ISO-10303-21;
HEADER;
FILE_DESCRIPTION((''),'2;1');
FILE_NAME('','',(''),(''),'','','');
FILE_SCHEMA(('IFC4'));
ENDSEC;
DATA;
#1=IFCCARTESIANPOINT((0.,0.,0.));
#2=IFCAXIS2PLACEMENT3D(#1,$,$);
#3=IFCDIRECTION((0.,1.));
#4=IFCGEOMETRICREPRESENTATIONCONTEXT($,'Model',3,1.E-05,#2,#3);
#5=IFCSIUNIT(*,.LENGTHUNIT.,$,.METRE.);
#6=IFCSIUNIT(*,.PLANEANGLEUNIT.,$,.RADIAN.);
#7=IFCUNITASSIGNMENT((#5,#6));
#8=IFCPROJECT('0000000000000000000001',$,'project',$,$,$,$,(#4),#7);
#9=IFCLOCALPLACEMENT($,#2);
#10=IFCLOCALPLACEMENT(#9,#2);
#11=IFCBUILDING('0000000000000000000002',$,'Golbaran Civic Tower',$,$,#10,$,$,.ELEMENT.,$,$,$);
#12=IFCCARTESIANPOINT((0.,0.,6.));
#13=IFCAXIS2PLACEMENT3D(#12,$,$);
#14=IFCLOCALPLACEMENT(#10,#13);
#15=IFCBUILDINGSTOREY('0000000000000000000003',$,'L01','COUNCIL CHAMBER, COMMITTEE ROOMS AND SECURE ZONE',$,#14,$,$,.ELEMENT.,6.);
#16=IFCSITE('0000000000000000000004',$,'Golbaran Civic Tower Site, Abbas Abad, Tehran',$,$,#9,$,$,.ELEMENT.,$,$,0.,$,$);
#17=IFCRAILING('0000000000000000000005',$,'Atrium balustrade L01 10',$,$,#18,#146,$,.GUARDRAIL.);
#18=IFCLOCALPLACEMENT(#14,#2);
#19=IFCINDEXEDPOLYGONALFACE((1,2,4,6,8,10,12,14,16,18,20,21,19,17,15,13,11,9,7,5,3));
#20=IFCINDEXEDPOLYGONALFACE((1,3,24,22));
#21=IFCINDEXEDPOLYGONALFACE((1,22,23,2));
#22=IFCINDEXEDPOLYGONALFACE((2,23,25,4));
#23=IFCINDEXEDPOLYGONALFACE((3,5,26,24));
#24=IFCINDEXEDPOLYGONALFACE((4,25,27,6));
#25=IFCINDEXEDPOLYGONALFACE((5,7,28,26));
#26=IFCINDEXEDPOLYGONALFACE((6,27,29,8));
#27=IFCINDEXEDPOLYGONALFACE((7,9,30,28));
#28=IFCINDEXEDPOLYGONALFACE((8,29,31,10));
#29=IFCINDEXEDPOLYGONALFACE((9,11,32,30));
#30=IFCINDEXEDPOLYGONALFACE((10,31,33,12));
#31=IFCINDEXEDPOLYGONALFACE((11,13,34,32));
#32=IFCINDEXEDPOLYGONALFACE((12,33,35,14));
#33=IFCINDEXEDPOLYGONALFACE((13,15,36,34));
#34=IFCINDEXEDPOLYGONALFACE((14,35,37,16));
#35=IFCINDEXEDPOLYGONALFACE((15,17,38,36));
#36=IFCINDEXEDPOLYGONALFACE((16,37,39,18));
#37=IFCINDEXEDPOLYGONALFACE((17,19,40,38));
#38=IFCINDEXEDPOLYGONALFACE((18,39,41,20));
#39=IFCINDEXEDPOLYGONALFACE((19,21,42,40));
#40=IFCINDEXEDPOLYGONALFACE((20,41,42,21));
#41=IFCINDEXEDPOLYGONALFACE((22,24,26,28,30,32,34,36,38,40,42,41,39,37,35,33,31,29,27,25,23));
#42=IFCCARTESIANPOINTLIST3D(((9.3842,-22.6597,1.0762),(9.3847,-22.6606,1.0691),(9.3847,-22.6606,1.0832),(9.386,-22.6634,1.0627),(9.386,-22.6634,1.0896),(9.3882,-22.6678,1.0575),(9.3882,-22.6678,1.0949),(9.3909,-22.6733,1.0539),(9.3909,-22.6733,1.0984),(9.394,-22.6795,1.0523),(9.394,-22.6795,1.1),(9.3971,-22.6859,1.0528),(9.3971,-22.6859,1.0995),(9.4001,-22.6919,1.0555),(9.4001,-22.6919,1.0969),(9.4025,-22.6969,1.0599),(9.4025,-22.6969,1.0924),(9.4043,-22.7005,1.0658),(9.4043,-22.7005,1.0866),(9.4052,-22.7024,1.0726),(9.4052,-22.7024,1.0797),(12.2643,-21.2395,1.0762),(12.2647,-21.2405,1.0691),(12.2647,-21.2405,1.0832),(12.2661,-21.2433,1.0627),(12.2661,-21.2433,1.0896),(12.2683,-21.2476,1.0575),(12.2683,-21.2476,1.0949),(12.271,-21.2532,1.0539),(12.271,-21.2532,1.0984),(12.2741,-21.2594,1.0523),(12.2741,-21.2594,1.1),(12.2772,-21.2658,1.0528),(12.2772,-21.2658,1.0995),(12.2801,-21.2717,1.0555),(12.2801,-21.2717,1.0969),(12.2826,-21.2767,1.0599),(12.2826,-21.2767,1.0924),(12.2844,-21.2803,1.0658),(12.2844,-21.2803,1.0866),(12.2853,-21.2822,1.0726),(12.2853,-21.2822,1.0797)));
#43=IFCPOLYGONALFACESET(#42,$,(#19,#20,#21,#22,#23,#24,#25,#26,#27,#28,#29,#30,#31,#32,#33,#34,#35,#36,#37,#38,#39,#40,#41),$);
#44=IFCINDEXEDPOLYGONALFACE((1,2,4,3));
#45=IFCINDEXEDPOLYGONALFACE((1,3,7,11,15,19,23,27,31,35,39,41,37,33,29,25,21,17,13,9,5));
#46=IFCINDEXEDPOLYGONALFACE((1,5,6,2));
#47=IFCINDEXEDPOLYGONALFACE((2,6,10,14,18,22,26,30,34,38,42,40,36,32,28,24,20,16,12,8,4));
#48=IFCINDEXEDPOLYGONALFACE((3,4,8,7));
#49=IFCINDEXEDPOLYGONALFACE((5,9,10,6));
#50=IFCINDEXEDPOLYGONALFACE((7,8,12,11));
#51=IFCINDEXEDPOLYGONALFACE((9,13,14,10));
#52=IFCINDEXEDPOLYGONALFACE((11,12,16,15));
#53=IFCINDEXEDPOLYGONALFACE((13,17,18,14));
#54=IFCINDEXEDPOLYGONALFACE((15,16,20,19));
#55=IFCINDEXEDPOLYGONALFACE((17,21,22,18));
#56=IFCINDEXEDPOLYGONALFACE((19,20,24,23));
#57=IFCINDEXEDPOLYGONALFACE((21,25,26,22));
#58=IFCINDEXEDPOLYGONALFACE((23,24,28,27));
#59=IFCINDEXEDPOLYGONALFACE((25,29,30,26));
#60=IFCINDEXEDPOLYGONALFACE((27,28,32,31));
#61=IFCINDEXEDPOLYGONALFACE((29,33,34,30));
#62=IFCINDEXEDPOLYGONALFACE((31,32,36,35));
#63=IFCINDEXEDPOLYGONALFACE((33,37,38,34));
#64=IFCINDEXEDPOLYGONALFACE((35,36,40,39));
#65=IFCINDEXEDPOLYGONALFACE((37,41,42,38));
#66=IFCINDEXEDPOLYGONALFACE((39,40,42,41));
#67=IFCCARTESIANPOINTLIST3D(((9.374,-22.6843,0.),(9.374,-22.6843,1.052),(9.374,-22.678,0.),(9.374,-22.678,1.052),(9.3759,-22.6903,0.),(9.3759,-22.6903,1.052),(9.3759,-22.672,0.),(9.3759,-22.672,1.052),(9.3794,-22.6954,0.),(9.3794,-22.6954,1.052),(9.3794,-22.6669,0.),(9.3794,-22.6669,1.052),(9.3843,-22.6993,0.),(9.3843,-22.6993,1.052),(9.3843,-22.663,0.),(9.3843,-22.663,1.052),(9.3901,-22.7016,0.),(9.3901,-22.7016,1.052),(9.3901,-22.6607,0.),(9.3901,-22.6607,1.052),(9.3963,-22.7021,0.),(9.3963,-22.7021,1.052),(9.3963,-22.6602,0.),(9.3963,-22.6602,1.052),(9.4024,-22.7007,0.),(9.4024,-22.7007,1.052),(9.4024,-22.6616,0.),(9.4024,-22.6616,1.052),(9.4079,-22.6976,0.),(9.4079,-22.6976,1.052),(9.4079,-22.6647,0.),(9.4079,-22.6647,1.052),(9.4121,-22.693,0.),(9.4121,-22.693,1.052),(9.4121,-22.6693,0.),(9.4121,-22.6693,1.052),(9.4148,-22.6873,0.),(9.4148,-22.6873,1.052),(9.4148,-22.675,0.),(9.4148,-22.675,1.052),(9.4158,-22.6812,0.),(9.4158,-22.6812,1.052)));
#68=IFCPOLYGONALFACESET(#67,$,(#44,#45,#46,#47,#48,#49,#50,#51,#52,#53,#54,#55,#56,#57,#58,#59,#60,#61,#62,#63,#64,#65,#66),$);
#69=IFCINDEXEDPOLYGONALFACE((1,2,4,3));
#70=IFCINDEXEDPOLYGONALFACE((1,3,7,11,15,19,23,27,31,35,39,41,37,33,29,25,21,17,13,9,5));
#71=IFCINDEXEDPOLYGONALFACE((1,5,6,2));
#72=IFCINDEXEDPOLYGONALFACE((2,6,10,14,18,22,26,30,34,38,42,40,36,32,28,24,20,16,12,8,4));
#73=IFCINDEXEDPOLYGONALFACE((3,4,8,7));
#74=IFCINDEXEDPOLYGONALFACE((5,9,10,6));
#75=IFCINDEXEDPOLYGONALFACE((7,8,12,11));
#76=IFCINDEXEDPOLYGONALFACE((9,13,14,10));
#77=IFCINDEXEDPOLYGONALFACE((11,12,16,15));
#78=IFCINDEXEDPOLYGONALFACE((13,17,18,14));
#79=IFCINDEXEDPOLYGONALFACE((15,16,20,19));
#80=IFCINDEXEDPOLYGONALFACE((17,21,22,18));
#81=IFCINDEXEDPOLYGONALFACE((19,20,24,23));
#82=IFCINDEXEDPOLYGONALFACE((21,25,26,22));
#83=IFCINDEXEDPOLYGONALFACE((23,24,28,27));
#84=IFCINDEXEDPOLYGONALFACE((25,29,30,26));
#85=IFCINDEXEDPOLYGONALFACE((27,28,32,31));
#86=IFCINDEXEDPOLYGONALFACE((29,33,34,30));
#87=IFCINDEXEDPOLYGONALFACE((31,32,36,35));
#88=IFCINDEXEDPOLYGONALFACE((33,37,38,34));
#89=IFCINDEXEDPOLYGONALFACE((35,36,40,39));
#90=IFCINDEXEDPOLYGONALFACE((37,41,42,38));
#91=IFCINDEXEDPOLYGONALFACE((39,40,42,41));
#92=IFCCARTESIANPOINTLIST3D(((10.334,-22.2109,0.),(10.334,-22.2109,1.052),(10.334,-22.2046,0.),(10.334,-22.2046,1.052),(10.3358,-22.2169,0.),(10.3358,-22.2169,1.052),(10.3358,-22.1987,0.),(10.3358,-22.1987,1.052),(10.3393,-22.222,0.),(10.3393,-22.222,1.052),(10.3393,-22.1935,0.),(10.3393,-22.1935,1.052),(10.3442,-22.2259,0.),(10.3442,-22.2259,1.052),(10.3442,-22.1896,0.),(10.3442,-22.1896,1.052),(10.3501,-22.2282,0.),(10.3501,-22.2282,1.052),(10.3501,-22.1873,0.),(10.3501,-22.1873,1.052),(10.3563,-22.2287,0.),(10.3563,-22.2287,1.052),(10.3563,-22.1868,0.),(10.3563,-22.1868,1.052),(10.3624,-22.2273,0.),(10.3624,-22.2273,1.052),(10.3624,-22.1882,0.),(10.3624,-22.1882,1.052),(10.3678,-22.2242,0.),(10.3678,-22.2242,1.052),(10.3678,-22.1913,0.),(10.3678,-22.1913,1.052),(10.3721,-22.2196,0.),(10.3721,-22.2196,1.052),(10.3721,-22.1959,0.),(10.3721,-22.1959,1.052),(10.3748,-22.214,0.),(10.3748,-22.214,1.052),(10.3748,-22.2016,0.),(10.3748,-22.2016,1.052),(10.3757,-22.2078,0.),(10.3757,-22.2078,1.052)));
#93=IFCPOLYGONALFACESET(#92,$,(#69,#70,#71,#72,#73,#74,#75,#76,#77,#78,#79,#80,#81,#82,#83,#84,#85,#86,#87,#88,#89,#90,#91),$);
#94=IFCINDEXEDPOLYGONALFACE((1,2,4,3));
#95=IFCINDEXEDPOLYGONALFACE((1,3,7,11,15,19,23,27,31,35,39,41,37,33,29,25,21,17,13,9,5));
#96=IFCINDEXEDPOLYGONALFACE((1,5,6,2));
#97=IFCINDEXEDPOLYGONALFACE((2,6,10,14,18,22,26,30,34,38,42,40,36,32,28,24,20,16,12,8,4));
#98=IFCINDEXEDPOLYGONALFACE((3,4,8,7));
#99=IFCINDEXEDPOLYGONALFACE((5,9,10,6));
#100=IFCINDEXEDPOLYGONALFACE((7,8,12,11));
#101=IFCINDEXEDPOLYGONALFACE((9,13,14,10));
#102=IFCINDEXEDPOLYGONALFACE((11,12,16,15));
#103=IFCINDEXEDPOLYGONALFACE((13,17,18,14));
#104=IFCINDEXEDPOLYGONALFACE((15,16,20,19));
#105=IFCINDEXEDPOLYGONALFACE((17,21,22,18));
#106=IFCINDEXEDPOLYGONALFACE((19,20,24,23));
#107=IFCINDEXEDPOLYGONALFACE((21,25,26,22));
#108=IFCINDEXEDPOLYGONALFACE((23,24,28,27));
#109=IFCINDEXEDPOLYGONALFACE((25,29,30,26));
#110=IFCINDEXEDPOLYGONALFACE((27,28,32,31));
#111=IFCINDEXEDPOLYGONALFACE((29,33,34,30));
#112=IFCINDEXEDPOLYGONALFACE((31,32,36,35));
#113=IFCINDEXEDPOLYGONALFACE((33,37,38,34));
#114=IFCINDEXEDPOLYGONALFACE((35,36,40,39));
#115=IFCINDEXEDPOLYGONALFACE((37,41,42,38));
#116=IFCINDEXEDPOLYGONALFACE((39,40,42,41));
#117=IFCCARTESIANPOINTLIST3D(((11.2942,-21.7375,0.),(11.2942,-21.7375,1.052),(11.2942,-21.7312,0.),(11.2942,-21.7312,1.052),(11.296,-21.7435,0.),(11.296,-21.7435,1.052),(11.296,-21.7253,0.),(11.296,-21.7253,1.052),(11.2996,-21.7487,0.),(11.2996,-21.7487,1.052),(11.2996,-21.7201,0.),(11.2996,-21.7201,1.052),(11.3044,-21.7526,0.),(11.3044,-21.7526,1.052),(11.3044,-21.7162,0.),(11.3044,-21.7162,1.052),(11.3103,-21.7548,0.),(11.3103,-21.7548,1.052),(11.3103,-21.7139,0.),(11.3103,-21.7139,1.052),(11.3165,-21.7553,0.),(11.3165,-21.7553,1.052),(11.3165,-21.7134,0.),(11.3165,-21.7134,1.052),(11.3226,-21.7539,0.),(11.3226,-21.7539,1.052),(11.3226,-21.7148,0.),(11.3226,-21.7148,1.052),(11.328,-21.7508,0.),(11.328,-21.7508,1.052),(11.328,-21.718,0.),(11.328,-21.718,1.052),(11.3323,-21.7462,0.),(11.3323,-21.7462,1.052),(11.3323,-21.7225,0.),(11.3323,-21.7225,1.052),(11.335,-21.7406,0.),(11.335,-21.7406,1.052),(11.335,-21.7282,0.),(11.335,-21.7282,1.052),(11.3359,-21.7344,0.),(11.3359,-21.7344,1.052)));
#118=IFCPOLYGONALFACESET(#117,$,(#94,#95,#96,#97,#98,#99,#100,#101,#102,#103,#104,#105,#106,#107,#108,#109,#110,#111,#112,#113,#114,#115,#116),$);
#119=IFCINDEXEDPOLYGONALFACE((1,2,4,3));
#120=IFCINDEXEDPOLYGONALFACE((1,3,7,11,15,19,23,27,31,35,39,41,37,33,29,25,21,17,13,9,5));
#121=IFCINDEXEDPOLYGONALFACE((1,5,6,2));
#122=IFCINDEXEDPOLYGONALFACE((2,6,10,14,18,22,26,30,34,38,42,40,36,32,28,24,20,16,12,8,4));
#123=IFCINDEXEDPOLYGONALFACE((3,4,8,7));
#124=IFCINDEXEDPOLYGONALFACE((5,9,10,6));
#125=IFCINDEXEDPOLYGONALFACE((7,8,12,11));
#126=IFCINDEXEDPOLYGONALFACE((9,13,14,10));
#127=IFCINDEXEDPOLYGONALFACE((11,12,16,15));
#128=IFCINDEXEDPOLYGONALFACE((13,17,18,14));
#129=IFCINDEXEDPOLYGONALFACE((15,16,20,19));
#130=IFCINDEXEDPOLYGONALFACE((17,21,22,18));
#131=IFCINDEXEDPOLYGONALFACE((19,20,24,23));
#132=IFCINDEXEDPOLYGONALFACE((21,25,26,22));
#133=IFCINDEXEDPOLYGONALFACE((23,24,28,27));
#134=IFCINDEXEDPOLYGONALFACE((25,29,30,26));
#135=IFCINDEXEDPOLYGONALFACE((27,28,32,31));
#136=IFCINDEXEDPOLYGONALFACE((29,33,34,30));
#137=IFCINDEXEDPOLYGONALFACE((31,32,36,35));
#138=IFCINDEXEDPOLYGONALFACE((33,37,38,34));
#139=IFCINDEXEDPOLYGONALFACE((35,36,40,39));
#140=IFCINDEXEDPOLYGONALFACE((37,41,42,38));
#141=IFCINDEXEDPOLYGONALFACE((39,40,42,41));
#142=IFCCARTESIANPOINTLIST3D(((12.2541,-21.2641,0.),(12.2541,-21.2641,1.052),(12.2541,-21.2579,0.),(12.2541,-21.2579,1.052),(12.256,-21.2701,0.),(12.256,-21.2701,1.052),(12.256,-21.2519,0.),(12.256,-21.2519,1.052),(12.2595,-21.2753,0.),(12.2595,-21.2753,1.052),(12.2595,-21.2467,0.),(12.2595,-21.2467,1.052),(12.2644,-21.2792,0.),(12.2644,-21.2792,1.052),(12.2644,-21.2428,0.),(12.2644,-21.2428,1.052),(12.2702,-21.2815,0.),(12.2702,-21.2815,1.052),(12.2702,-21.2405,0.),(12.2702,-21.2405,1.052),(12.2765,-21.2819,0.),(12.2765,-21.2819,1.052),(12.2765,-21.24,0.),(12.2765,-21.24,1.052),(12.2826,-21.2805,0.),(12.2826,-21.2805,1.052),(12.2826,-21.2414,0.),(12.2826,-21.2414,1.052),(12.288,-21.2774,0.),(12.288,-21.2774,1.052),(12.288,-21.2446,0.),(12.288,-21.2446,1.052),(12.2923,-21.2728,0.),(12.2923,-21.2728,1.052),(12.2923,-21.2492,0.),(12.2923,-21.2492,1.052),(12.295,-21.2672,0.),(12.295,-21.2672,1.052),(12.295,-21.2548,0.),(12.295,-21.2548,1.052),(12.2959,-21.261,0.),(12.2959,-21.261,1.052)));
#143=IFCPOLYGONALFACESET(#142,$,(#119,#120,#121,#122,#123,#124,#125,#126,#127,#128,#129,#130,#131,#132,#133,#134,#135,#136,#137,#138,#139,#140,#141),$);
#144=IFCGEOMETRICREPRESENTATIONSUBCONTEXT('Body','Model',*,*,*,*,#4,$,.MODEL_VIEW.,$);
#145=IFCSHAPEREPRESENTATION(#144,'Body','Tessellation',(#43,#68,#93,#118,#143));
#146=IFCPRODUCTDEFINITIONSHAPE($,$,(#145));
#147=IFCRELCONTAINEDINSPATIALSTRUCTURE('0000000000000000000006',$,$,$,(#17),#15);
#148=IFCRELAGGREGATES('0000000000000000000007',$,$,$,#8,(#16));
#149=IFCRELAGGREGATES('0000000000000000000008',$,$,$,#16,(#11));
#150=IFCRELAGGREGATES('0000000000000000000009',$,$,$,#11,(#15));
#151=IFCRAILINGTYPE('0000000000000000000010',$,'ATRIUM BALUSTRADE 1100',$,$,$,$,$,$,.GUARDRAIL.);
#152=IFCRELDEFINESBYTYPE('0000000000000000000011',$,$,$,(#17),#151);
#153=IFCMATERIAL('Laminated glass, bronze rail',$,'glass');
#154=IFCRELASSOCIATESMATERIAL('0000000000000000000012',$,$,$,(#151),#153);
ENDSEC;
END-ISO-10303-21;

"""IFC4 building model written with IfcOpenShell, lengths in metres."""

from ifc_helpers import new_model, si_unit, direction, frame, origin, origin_2d, place, context, subcontext, project, spatial, circle, extrude, material, type_object, element, save


model = new_model("IFC4")

# Units and contexts
model_context = context("Model", 3, precision=1e-05, world=origin(), true_north=direction((0.0, 1.0)))
body_context = subcontext(model_context, "Body", "Model", "MODEL_VIEW")
ifc_project = project(units=[si_unit("LENGTHUNIT", "METRE"), si_unit("PLANEANGLEUNIT", "RADIAN")], contexts=[model_context])

# Site, building, storey
site_placement = place(None, origin())
site = spatial("IfcSite", under=ifc_project, at=site_placement, Name="Golbaran Civic Tower Site, Abbas Abad, Tehran", CompositionType="ELEMENT", RefElevation=0.0)
building_placement = place(site_placement, origin())
building = spatial("IfcBuilding", under=site, at=building_placement, Name="Golbaran Civic Tower", CompositionType="ELEMENT")
storey_placement = place(building_placement, frame((0.0, 0.0, 6.0)))
storey = spatial("IfcBuildingStorey", under=building, at=storey_placement, Name="L01", Description="COUNCIL CHAMBER, COMMITTEE ROOMS AND SECURE ZONE", CompositionType="ELEMENT", Elevation=6.0)

# Railing
ifc_material_1 = material(Name="Laminated glass, bronze rail", Category="glass")
railing_type = type_object("IfcRailingType", Name="ATRIUM BALUSTRADE 1100", PredefinedType="GUARDRAIL", material=ifc_material_1)
railing_1_placement = place(storey_placement, frame((9.3948, -22.6812, 0.0)))
element("IfcRailing", 1, at=railing_1_placement, inside=storey, type_object=railing_type, Name="Atrium balustrade L01 10", PredefinedType="GUARDRAIL", context=body_context, shape_type="SweptSolid", body=[
    extrude(circle(Radius=0.0239, at=origin_2d()), frame((0.0, 0.0, 1.0762), z_axis=(0.896892, 0.44225, 0.0), x_axis=(-0.44225, 0.896892, 0.0)), (0.0, 0.0, 1.0), 3.2112),
    extrude(circle(Radius=0.021, at=origin_2d()), origin(), (0.0, 0.0, 1.0), 1.052),
    extrude(circle(Radius=0.021, at=origin_2d()), frame((0.96, 0.4734, 0.0)), (0.0, 0.0, 1.0), 1.052),
    extrude(circle(Radius=0.021, at=origin_2d()), frame((1.9202, 0.9468, 0.0)), (0.0, 0.0, 1.0), 1.052),
    extrude(circle(Radius=0.021, at=origin_2d()), frame((2.8801, 1.4202, 0.0)), (0.0, 0.0, 1.0), 1.052),
])

save(model, "model.ifc")
